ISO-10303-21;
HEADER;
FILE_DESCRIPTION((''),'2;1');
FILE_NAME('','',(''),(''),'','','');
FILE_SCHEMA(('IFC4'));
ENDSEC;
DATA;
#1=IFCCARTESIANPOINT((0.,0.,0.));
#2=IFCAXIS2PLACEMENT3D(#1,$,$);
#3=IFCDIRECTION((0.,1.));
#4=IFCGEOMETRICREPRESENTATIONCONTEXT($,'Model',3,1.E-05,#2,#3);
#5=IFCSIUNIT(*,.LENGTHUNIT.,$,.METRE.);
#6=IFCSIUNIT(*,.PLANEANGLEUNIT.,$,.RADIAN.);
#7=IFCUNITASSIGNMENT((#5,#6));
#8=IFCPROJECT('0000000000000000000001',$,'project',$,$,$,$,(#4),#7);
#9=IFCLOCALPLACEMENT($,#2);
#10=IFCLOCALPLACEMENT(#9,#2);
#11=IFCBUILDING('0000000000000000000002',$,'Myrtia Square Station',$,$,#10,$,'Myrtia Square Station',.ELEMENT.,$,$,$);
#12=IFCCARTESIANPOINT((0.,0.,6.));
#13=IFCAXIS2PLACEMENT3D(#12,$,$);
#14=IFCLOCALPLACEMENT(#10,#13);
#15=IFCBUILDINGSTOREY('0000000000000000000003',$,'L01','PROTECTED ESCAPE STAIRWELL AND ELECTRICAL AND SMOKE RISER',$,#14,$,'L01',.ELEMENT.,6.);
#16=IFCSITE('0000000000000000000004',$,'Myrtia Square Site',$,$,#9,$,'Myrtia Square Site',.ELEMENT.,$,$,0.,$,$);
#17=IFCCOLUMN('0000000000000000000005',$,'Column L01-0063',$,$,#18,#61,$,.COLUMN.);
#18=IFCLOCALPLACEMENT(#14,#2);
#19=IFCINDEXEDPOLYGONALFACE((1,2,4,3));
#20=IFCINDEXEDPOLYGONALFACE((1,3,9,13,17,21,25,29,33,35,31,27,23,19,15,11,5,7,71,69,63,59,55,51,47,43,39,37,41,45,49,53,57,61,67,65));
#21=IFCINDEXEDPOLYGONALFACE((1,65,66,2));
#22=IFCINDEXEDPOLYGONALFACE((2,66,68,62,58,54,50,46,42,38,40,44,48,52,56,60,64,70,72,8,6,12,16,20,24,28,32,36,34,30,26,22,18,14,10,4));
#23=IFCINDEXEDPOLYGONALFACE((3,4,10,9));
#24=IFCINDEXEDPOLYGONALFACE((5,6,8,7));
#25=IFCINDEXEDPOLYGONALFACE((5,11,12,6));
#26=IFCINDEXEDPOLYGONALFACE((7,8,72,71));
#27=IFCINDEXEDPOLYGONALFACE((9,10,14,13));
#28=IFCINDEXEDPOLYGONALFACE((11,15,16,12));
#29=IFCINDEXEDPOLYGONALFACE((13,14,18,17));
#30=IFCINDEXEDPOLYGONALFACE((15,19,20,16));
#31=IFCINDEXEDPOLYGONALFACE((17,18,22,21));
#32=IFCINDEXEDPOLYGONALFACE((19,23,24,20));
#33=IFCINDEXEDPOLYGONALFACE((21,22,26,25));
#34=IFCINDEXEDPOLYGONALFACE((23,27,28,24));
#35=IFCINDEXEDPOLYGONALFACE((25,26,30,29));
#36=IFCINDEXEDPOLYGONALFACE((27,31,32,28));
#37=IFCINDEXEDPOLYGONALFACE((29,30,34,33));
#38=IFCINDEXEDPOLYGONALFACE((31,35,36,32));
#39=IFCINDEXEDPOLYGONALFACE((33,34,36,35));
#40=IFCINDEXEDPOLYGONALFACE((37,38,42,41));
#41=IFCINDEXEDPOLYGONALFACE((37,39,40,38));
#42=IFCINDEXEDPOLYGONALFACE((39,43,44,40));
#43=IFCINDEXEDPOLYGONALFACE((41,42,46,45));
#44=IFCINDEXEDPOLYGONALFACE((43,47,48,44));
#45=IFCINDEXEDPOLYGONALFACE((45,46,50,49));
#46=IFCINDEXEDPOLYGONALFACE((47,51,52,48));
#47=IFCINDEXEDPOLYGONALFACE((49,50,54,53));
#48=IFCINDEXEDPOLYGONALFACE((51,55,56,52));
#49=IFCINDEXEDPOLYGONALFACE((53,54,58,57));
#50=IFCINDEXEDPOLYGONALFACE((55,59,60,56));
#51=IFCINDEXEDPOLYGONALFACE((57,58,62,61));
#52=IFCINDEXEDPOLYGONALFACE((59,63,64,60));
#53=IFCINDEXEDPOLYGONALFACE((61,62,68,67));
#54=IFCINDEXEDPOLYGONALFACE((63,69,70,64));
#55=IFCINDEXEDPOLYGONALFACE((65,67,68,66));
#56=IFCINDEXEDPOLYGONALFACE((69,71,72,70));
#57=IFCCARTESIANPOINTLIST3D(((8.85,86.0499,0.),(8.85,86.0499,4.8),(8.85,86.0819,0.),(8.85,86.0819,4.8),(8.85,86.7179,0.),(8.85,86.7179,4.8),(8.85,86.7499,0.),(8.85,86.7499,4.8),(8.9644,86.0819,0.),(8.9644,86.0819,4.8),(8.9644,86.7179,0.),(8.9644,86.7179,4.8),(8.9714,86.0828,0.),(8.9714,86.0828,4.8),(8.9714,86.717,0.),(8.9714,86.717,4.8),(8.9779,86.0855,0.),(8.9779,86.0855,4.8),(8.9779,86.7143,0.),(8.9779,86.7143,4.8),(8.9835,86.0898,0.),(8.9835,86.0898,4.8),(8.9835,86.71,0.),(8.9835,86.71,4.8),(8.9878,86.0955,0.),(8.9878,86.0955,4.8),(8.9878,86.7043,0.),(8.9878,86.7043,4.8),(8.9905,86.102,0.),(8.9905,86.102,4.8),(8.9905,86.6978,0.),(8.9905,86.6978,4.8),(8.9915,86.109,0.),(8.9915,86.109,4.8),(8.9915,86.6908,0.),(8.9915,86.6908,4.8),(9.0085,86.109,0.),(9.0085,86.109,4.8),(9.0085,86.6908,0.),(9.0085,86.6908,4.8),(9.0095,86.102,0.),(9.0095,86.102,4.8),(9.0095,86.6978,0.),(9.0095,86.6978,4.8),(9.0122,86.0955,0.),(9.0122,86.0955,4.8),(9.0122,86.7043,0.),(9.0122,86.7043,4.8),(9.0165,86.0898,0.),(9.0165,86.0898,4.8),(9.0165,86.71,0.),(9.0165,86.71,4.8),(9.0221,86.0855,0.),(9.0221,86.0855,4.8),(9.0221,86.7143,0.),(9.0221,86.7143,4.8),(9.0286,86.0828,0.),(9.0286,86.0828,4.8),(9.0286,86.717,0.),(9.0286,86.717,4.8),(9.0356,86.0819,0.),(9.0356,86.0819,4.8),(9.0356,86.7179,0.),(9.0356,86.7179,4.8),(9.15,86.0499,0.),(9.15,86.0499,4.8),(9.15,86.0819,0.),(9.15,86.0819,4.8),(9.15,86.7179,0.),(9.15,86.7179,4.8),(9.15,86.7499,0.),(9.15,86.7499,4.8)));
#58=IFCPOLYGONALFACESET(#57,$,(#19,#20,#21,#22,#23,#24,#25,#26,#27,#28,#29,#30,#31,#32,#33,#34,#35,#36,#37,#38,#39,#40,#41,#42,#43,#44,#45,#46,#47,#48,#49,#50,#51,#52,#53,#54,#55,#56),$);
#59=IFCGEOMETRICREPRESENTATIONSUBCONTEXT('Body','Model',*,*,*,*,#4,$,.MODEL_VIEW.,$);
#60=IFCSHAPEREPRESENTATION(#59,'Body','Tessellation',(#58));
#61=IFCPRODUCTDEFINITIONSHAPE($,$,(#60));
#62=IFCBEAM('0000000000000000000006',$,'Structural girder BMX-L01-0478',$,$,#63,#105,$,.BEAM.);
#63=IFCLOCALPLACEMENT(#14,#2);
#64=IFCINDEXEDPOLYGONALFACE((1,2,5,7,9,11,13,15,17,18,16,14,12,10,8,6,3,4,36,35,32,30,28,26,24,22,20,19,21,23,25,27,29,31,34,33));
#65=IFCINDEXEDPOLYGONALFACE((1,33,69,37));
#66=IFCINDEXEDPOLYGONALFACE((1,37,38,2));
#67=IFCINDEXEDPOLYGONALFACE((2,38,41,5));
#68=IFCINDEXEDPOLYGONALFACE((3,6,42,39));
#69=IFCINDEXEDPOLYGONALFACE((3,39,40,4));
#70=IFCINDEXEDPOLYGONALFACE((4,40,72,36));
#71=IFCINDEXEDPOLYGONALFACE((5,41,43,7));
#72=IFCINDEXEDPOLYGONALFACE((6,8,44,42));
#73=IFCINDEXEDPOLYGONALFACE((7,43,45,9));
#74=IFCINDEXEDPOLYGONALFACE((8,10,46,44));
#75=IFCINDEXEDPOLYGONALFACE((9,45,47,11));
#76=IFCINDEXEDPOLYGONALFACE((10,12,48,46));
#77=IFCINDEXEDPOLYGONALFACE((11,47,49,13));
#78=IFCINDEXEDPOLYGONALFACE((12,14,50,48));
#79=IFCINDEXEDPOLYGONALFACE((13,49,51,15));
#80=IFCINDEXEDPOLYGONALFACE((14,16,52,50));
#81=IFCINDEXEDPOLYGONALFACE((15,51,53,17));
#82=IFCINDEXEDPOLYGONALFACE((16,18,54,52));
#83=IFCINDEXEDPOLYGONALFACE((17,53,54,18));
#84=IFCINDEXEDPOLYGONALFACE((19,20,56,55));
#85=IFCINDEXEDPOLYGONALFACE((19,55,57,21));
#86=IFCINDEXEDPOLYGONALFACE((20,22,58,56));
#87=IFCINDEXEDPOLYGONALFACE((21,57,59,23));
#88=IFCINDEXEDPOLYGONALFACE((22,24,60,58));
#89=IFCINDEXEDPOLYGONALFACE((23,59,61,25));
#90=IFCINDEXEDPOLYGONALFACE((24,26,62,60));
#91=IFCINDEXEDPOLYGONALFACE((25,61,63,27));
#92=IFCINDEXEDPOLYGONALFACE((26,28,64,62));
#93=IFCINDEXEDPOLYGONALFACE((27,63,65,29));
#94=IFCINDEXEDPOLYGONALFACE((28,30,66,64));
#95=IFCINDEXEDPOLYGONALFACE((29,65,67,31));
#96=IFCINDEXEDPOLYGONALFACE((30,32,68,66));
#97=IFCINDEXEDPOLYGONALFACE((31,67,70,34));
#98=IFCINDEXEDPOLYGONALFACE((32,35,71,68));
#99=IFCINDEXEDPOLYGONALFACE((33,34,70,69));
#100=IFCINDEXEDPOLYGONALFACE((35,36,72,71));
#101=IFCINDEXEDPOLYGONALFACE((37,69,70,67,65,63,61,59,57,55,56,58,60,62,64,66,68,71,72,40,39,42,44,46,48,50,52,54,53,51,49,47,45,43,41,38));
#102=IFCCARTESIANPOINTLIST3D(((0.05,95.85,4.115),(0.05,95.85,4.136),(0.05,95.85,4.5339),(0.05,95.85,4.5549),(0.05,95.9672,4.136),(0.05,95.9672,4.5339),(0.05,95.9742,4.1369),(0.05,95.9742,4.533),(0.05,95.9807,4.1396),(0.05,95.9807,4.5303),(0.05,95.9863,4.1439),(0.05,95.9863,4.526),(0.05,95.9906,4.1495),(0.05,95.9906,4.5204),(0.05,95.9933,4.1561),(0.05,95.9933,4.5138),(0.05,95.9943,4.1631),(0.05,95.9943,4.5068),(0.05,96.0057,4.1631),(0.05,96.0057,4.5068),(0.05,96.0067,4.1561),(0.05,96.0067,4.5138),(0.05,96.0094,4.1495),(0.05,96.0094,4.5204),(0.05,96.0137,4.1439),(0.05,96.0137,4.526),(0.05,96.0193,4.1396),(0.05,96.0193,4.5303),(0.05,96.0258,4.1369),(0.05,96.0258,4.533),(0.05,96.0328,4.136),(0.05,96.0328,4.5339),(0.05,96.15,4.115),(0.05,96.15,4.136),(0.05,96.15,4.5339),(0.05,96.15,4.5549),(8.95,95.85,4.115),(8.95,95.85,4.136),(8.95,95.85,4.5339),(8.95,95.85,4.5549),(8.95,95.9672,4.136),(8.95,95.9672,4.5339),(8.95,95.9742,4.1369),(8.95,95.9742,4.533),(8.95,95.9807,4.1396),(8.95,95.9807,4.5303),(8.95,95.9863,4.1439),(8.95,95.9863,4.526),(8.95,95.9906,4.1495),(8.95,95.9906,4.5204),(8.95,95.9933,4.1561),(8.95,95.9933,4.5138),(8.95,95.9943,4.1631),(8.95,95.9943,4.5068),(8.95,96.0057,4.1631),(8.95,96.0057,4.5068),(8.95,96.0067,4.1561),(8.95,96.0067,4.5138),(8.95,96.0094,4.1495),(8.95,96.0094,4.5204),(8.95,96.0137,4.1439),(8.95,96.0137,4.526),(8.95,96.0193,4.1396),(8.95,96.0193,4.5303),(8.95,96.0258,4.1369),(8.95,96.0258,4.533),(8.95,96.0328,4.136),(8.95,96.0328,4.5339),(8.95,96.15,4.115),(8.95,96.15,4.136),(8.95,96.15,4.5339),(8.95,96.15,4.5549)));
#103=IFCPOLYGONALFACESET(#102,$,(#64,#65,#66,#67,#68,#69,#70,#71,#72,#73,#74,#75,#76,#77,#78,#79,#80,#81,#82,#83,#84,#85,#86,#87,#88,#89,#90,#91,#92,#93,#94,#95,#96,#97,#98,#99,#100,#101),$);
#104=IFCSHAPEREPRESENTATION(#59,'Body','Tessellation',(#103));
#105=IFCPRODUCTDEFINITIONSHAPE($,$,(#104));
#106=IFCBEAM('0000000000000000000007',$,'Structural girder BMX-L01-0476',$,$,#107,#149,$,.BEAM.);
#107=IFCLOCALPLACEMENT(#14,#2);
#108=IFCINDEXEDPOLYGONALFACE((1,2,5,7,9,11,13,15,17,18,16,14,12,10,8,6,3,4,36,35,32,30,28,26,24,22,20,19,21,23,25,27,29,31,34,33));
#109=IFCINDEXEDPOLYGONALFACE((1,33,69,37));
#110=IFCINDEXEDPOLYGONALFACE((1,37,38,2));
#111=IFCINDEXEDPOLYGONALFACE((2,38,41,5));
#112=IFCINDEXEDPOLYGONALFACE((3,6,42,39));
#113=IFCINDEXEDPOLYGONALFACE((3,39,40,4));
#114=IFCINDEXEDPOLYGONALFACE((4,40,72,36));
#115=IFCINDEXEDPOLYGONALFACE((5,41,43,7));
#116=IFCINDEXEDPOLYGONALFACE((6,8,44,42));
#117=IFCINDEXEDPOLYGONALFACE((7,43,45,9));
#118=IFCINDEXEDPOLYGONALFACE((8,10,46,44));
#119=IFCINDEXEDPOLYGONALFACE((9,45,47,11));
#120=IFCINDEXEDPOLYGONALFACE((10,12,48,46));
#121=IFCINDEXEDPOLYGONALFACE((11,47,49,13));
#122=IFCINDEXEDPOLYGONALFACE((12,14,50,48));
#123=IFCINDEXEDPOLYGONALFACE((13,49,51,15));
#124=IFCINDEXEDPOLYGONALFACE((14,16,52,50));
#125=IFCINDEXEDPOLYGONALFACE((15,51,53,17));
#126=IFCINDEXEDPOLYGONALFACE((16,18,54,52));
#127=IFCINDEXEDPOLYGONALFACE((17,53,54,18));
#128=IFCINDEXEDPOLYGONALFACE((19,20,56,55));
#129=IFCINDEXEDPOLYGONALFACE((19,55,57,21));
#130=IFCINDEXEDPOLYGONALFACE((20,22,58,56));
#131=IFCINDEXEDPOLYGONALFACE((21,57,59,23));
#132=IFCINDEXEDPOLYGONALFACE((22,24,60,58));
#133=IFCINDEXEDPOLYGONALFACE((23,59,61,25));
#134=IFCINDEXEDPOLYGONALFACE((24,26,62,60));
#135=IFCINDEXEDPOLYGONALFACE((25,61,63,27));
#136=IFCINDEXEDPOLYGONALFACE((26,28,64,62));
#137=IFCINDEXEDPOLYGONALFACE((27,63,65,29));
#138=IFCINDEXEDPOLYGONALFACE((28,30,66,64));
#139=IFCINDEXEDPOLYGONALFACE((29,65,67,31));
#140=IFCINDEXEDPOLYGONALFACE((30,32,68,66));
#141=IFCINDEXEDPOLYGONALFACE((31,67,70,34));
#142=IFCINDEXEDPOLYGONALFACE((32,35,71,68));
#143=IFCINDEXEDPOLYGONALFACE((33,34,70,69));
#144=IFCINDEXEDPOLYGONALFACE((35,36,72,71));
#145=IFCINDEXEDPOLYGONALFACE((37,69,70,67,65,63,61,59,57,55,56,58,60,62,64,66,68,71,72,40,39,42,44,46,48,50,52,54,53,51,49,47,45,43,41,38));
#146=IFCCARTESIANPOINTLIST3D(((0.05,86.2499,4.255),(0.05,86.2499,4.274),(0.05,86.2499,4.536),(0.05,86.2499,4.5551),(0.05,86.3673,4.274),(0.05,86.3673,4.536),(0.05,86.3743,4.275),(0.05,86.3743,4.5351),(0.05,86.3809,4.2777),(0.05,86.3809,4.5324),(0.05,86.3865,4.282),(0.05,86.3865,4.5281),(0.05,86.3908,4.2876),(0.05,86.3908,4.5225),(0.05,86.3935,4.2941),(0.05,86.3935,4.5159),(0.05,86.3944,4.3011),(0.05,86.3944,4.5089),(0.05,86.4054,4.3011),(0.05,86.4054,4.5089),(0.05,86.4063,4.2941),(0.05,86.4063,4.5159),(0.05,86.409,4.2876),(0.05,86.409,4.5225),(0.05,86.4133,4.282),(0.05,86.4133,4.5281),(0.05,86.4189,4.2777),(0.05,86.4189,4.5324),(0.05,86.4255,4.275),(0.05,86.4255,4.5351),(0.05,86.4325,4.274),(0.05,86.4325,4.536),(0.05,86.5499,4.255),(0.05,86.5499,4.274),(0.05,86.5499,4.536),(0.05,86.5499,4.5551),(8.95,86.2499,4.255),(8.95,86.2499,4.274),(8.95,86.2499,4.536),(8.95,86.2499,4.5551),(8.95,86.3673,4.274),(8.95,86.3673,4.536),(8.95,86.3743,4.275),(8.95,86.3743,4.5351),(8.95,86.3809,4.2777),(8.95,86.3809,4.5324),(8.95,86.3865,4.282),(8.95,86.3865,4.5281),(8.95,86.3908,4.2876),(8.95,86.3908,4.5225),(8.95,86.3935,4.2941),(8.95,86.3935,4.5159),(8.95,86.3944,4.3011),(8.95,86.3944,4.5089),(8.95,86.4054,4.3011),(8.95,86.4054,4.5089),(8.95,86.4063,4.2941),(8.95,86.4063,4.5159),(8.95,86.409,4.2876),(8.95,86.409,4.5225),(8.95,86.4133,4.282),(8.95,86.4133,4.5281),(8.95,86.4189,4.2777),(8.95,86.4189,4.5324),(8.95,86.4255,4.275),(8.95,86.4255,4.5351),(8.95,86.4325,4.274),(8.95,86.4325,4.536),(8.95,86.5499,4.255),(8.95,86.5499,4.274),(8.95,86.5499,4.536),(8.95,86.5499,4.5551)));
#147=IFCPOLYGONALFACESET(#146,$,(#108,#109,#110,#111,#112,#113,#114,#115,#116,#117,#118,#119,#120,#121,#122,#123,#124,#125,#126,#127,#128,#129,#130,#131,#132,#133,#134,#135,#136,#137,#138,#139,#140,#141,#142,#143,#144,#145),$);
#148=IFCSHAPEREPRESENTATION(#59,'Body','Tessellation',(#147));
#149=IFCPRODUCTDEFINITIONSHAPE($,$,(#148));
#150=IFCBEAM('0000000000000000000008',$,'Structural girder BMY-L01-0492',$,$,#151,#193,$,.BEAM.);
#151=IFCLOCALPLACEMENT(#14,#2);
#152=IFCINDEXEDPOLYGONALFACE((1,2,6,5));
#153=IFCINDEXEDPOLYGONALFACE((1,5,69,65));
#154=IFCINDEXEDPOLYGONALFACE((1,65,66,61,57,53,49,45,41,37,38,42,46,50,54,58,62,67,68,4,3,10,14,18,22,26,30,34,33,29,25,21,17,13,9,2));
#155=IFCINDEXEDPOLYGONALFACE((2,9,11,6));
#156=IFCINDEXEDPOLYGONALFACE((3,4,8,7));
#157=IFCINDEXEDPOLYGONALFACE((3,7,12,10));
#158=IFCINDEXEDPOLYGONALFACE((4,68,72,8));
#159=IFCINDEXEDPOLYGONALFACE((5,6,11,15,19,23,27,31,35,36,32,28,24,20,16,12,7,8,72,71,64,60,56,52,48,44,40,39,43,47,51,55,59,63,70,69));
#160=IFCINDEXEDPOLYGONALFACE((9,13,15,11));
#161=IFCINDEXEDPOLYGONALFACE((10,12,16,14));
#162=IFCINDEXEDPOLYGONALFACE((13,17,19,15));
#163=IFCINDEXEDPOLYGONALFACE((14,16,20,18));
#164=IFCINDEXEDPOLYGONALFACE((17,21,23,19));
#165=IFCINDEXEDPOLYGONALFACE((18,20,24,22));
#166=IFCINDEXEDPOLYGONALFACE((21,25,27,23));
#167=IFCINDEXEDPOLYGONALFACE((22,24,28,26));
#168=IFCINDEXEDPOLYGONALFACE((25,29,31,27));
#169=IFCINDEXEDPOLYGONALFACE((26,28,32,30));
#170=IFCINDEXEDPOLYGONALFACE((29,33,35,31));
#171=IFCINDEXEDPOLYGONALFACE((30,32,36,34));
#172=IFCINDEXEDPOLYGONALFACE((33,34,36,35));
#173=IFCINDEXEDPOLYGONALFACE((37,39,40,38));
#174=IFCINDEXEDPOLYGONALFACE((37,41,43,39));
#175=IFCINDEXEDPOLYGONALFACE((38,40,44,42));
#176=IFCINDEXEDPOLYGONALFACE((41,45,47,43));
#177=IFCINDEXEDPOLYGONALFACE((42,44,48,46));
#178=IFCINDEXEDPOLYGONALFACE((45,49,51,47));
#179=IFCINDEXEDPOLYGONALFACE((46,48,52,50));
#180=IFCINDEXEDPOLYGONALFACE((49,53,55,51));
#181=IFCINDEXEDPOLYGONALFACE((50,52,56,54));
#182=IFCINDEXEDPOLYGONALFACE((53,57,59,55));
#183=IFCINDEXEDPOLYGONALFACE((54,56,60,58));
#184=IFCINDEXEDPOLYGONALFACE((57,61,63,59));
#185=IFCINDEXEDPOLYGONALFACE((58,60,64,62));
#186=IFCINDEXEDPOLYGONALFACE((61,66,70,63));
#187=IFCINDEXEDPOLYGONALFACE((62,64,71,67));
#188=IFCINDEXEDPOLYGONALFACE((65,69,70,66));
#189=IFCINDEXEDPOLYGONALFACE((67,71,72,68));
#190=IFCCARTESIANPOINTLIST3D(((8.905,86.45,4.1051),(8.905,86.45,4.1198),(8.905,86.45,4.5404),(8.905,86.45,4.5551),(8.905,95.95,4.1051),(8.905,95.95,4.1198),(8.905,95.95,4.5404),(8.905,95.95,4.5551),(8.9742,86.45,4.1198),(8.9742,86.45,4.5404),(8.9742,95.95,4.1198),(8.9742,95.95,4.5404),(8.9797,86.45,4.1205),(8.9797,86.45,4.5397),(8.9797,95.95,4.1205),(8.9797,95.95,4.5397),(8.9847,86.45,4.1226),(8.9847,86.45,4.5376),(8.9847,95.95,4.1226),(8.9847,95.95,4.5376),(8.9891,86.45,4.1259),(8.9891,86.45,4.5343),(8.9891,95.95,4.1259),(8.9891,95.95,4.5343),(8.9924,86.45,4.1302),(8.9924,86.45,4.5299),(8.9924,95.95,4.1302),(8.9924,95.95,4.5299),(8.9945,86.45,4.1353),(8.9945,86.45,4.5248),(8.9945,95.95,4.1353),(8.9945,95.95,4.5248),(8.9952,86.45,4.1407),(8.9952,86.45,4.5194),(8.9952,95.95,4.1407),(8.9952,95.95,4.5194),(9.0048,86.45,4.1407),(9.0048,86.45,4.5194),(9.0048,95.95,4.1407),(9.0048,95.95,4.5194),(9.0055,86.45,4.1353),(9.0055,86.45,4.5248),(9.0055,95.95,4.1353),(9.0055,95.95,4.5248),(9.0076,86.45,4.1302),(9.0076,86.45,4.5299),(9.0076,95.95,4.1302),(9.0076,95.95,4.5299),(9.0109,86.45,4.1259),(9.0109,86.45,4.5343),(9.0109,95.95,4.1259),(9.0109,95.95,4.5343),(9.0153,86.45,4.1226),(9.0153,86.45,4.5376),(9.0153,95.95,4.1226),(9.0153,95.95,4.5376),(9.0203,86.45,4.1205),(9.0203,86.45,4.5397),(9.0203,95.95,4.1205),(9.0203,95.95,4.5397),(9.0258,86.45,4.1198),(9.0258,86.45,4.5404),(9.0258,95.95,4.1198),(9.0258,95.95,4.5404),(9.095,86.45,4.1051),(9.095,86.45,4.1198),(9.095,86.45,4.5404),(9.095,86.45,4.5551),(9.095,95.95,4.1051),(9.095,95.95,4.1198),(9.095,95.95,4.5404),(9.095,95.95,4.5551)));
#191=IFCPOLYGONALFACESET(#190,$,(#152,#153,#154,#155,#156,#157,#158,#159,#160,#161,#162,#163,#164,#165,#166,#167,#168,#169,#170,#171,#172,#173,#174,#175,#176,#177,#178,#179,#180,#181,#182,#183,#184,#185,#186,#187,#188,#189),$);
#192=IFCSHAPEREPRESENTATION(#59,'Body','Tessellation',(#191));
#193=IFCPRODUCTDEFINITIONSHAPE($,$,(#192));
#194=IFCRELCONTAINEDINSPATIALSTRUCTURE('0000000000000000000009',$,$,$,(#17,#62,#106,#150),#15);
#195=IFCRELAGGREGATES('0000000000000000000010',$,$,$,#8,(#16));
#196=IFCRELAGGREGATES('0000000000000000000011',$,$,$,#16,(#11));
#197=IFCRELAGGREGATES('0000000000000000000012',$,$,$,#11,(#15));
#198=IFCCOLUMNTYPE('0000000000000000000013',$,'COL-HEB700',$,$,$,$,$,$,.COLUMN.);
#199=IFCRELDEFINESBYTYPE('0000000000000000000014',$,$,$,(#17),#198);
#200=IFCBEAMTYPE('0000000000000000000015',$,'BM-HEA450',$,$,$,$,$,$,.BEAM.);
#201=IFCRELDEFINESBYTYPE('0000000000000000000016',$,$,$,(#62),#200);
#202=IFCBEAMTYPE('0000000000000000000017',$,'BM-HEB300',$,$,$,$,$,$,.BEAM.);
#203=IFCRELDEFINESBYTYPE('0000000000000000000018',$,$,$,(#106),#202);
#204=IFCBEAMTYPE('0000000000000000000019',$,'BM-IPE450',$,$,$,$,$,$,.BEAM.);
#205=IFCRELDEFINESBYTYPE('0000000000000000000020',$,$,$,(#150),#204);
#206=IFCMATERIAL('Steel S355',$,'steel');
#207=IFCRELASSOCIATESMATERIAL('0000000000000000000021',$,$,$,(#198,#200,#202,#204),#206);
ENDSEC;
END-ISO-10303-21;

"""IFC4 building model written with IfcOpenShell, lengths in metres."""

from ifc_helpers import new_model, si_unit, direction, frame, origin, origin_2d, place, context, subcontext, project, spatial, i_section, extrude, material, material_profile, profile_set, type_object, element, save


model = new_model("IFC4")

# Units and contexts
model_context = context("Model", 3, precision=1e-05, world=origin(), true_north=direction((0.0, 1.0)))
body_context = subcontext(model_context, "Body", "Model", "MODEL_VIEW")
ifc_project = project(units=[si_unit("LENGTHUNIT", "METRE"), si_unit("PLANEANGLEUNIT", "RADIAN")], contexts=[model_context])

# Site, building, storey
site_placement = place(None, origin())
site = spatial("IfcSite", under=ifc_project, at=site_placement, Name="Myrtia Square Site", LongName="Myrtia Square Site", CompositionType="ELEMENT", RefElevation=0.0)
building_placement = place(site_placement, origin())
building = spatial("IfcBuilding", under=site, at=building_placement, Name="Myrtia Square Station", LongName="Myrtia Square Station", CompositionType="ELEMENT")
storey_placement = place(building_placement, frame((0.0, 0.0, 6.0)))
storey = spatial("IfcBuildingStorey", under=building, at=storey_placement, Name="L01", Description="PROTECTED ESCAPE STAIRWELL AND ELECTRICAL AND SMOKE RISER", LongName="L01", CompositionType="ELEMENT", Elevation=6.0)

# Column
ifc_material_1 = material(Name="Steel S355", Category="steel")
ifc_material_profile_1 = material_profile(ifc_material_1, i_section(OverallWidth=0.3, OverallDepth=0.7, WebThickness=0.0171, FlangeThickness=0.032, FilletRadius=0.0271, at=origin_2d()), Name="HEB 700")
ifc_profile_set_1 = profile_set([ifc_material_profile_1], Name="Steel S355")
column_type_1 = type_object("IfcColumnType", Name="COL-HEB700", PredefinedType="COLUMN", material=ifc_profile_set_1)
column_placement = place(storey_placement, frame((9.0, 86.3999, 0.0), z_axis=(0.0, 0.0, 1.0), x_axis=(1.0, 0.0, 0.0)))
element("IfcColumn", 1, at=column_placement, inside=storey, type_object=column_type_1, Name="Column L01-0063", PredefinedType="COLUMN", context=body_context, shape_type="SweptSolid", body=[
    extrude(i_section(OverallWidth=0.3, OverallDepth=0.7, WebThickness=0.0171, FlangeThickness=0.032, FilletRadius=0.0271, at=origin_2d()), origin(), (0.0, 0.0, 1.0), 4.8),
])

# Beams
ifc_material_profile_2 = material_profile(ifc_material_1, i_section(OverallWidth=0.3, OverallDepth=0.4399, WebThickness=0.0115, FlangeThickness=0.021, FilletRadius=0.0271, at=origin_2d()), Name="HEA 450")
ifc_profile_set_2 = profile_set([ifc_material_profile_2], Name="Steel S355")
beam_type_1 = type_object("IfcBeamType", Name="BM-HEA450", PredefinedType="BEAM", material=ifc_profile_set_2)
beam_1_placement = place(storey_placement, frame((0.05, 96.0, 4.335), z_axis=(1.0, 0.0, 0.0), x_axis=(0.0, 1.0, 0.0)))
element("IfcBeam", 2, at=beam_1_placement, inside=storey, type_object=beam_type_1, Name="Structural girder BMX-L01-0478", PredefinedType="BEAM", context=body_context, shape_type="SweptSolid", body=[
    extrude(i_section(OverallWidth=0.3, OverallDepth=0.4399, WebThickness=0.0115, FlangeThickness=0.021, FilletRadius=0.0271, at=origin_2d()), origin(), (0.0, 0.0, 1.0), 8.8999),
])
ifc_material_profile_3 = material_profile(ifc_material_1, i_section(OverallWidth=0.3, OverallDepth=0.3, WebThickness=0.011, FlangeThickness=0.019, FilletRadius=0.0271, at=origin_2d()), Name="HEB 300")
ifc_profile_set_3 = profile_set([ifc_material_profile_3], Name="Steel S355")
beam_type_2 = type_object("IfcBeamType", Name="BM-HEB300", PredefinedType="BEAM", material=ifc_profile_set_3)
beam_2_placement = place(storey_placement, frame((0.05, 86.3999, 4.405), z_axis=(1.0, 0.0, 0.0), x_axis=(0.0, 1.0, 0.0)))
element("IfcBeam", 3, at=beam_2_placement, inside=storey, type_object=beam_type_2, Name="Structural girder BMX-L01-0476", PredefinedType="BEAM", context=body_context, shape_type="SweptSolid", body=[
    extrude(i_section(OverallWidth=0.3, OverallDepth=0.3, WebThickness=0.011, FlangeThickness=0.019, FilletRadius=0.0271, at=origin_2d()), origin(), (0.0, 0.0, 1.0), 8.8999),
])
ifc_material_profile_4 = material_profile(ifc_material_1, i_section(OverallWidth=0.1899, OverallDepth=0.45, WebThickness=0.0095, FlangeThickness=0.0146, FilletRadius=0.021, at=origin_2d()), Name="IPE 450")
ifc_profile_set_4 = profile_set([ifc_material_profile_4], Name="Steel S355")
beam_type_3 = type_object("IfcBeamType", Name="BM-IPE450", PredefinedType="BEAM", material=ifc_profile_set_4)
beam_3_placement = place(storey_placement, frame((9.0, 86.45, 4.3301), z_axis=(0.0, 1.0, 0.0), x_axis=(-1.0, 0.0, 0.0)))
element("IfcBeam", 4, at=beam_3_placement, inside=storey, type_object=beam_type_3, Name="Structural girder BMY-L01-0492", PredefinedType="BEAM", context=body_context, shape_type="SweptSolid", body=[
    extrude(i_section(OverallWidth=0.1899, OverallDepth=0.45, WebThickness=0.0095, FlangeThickness=0.0146, FilletRadius=0.021, at=origin_2d()), origin(), (0.0, 0.0, 1.0), 9.5),
])

save(model, "model.ifc")
